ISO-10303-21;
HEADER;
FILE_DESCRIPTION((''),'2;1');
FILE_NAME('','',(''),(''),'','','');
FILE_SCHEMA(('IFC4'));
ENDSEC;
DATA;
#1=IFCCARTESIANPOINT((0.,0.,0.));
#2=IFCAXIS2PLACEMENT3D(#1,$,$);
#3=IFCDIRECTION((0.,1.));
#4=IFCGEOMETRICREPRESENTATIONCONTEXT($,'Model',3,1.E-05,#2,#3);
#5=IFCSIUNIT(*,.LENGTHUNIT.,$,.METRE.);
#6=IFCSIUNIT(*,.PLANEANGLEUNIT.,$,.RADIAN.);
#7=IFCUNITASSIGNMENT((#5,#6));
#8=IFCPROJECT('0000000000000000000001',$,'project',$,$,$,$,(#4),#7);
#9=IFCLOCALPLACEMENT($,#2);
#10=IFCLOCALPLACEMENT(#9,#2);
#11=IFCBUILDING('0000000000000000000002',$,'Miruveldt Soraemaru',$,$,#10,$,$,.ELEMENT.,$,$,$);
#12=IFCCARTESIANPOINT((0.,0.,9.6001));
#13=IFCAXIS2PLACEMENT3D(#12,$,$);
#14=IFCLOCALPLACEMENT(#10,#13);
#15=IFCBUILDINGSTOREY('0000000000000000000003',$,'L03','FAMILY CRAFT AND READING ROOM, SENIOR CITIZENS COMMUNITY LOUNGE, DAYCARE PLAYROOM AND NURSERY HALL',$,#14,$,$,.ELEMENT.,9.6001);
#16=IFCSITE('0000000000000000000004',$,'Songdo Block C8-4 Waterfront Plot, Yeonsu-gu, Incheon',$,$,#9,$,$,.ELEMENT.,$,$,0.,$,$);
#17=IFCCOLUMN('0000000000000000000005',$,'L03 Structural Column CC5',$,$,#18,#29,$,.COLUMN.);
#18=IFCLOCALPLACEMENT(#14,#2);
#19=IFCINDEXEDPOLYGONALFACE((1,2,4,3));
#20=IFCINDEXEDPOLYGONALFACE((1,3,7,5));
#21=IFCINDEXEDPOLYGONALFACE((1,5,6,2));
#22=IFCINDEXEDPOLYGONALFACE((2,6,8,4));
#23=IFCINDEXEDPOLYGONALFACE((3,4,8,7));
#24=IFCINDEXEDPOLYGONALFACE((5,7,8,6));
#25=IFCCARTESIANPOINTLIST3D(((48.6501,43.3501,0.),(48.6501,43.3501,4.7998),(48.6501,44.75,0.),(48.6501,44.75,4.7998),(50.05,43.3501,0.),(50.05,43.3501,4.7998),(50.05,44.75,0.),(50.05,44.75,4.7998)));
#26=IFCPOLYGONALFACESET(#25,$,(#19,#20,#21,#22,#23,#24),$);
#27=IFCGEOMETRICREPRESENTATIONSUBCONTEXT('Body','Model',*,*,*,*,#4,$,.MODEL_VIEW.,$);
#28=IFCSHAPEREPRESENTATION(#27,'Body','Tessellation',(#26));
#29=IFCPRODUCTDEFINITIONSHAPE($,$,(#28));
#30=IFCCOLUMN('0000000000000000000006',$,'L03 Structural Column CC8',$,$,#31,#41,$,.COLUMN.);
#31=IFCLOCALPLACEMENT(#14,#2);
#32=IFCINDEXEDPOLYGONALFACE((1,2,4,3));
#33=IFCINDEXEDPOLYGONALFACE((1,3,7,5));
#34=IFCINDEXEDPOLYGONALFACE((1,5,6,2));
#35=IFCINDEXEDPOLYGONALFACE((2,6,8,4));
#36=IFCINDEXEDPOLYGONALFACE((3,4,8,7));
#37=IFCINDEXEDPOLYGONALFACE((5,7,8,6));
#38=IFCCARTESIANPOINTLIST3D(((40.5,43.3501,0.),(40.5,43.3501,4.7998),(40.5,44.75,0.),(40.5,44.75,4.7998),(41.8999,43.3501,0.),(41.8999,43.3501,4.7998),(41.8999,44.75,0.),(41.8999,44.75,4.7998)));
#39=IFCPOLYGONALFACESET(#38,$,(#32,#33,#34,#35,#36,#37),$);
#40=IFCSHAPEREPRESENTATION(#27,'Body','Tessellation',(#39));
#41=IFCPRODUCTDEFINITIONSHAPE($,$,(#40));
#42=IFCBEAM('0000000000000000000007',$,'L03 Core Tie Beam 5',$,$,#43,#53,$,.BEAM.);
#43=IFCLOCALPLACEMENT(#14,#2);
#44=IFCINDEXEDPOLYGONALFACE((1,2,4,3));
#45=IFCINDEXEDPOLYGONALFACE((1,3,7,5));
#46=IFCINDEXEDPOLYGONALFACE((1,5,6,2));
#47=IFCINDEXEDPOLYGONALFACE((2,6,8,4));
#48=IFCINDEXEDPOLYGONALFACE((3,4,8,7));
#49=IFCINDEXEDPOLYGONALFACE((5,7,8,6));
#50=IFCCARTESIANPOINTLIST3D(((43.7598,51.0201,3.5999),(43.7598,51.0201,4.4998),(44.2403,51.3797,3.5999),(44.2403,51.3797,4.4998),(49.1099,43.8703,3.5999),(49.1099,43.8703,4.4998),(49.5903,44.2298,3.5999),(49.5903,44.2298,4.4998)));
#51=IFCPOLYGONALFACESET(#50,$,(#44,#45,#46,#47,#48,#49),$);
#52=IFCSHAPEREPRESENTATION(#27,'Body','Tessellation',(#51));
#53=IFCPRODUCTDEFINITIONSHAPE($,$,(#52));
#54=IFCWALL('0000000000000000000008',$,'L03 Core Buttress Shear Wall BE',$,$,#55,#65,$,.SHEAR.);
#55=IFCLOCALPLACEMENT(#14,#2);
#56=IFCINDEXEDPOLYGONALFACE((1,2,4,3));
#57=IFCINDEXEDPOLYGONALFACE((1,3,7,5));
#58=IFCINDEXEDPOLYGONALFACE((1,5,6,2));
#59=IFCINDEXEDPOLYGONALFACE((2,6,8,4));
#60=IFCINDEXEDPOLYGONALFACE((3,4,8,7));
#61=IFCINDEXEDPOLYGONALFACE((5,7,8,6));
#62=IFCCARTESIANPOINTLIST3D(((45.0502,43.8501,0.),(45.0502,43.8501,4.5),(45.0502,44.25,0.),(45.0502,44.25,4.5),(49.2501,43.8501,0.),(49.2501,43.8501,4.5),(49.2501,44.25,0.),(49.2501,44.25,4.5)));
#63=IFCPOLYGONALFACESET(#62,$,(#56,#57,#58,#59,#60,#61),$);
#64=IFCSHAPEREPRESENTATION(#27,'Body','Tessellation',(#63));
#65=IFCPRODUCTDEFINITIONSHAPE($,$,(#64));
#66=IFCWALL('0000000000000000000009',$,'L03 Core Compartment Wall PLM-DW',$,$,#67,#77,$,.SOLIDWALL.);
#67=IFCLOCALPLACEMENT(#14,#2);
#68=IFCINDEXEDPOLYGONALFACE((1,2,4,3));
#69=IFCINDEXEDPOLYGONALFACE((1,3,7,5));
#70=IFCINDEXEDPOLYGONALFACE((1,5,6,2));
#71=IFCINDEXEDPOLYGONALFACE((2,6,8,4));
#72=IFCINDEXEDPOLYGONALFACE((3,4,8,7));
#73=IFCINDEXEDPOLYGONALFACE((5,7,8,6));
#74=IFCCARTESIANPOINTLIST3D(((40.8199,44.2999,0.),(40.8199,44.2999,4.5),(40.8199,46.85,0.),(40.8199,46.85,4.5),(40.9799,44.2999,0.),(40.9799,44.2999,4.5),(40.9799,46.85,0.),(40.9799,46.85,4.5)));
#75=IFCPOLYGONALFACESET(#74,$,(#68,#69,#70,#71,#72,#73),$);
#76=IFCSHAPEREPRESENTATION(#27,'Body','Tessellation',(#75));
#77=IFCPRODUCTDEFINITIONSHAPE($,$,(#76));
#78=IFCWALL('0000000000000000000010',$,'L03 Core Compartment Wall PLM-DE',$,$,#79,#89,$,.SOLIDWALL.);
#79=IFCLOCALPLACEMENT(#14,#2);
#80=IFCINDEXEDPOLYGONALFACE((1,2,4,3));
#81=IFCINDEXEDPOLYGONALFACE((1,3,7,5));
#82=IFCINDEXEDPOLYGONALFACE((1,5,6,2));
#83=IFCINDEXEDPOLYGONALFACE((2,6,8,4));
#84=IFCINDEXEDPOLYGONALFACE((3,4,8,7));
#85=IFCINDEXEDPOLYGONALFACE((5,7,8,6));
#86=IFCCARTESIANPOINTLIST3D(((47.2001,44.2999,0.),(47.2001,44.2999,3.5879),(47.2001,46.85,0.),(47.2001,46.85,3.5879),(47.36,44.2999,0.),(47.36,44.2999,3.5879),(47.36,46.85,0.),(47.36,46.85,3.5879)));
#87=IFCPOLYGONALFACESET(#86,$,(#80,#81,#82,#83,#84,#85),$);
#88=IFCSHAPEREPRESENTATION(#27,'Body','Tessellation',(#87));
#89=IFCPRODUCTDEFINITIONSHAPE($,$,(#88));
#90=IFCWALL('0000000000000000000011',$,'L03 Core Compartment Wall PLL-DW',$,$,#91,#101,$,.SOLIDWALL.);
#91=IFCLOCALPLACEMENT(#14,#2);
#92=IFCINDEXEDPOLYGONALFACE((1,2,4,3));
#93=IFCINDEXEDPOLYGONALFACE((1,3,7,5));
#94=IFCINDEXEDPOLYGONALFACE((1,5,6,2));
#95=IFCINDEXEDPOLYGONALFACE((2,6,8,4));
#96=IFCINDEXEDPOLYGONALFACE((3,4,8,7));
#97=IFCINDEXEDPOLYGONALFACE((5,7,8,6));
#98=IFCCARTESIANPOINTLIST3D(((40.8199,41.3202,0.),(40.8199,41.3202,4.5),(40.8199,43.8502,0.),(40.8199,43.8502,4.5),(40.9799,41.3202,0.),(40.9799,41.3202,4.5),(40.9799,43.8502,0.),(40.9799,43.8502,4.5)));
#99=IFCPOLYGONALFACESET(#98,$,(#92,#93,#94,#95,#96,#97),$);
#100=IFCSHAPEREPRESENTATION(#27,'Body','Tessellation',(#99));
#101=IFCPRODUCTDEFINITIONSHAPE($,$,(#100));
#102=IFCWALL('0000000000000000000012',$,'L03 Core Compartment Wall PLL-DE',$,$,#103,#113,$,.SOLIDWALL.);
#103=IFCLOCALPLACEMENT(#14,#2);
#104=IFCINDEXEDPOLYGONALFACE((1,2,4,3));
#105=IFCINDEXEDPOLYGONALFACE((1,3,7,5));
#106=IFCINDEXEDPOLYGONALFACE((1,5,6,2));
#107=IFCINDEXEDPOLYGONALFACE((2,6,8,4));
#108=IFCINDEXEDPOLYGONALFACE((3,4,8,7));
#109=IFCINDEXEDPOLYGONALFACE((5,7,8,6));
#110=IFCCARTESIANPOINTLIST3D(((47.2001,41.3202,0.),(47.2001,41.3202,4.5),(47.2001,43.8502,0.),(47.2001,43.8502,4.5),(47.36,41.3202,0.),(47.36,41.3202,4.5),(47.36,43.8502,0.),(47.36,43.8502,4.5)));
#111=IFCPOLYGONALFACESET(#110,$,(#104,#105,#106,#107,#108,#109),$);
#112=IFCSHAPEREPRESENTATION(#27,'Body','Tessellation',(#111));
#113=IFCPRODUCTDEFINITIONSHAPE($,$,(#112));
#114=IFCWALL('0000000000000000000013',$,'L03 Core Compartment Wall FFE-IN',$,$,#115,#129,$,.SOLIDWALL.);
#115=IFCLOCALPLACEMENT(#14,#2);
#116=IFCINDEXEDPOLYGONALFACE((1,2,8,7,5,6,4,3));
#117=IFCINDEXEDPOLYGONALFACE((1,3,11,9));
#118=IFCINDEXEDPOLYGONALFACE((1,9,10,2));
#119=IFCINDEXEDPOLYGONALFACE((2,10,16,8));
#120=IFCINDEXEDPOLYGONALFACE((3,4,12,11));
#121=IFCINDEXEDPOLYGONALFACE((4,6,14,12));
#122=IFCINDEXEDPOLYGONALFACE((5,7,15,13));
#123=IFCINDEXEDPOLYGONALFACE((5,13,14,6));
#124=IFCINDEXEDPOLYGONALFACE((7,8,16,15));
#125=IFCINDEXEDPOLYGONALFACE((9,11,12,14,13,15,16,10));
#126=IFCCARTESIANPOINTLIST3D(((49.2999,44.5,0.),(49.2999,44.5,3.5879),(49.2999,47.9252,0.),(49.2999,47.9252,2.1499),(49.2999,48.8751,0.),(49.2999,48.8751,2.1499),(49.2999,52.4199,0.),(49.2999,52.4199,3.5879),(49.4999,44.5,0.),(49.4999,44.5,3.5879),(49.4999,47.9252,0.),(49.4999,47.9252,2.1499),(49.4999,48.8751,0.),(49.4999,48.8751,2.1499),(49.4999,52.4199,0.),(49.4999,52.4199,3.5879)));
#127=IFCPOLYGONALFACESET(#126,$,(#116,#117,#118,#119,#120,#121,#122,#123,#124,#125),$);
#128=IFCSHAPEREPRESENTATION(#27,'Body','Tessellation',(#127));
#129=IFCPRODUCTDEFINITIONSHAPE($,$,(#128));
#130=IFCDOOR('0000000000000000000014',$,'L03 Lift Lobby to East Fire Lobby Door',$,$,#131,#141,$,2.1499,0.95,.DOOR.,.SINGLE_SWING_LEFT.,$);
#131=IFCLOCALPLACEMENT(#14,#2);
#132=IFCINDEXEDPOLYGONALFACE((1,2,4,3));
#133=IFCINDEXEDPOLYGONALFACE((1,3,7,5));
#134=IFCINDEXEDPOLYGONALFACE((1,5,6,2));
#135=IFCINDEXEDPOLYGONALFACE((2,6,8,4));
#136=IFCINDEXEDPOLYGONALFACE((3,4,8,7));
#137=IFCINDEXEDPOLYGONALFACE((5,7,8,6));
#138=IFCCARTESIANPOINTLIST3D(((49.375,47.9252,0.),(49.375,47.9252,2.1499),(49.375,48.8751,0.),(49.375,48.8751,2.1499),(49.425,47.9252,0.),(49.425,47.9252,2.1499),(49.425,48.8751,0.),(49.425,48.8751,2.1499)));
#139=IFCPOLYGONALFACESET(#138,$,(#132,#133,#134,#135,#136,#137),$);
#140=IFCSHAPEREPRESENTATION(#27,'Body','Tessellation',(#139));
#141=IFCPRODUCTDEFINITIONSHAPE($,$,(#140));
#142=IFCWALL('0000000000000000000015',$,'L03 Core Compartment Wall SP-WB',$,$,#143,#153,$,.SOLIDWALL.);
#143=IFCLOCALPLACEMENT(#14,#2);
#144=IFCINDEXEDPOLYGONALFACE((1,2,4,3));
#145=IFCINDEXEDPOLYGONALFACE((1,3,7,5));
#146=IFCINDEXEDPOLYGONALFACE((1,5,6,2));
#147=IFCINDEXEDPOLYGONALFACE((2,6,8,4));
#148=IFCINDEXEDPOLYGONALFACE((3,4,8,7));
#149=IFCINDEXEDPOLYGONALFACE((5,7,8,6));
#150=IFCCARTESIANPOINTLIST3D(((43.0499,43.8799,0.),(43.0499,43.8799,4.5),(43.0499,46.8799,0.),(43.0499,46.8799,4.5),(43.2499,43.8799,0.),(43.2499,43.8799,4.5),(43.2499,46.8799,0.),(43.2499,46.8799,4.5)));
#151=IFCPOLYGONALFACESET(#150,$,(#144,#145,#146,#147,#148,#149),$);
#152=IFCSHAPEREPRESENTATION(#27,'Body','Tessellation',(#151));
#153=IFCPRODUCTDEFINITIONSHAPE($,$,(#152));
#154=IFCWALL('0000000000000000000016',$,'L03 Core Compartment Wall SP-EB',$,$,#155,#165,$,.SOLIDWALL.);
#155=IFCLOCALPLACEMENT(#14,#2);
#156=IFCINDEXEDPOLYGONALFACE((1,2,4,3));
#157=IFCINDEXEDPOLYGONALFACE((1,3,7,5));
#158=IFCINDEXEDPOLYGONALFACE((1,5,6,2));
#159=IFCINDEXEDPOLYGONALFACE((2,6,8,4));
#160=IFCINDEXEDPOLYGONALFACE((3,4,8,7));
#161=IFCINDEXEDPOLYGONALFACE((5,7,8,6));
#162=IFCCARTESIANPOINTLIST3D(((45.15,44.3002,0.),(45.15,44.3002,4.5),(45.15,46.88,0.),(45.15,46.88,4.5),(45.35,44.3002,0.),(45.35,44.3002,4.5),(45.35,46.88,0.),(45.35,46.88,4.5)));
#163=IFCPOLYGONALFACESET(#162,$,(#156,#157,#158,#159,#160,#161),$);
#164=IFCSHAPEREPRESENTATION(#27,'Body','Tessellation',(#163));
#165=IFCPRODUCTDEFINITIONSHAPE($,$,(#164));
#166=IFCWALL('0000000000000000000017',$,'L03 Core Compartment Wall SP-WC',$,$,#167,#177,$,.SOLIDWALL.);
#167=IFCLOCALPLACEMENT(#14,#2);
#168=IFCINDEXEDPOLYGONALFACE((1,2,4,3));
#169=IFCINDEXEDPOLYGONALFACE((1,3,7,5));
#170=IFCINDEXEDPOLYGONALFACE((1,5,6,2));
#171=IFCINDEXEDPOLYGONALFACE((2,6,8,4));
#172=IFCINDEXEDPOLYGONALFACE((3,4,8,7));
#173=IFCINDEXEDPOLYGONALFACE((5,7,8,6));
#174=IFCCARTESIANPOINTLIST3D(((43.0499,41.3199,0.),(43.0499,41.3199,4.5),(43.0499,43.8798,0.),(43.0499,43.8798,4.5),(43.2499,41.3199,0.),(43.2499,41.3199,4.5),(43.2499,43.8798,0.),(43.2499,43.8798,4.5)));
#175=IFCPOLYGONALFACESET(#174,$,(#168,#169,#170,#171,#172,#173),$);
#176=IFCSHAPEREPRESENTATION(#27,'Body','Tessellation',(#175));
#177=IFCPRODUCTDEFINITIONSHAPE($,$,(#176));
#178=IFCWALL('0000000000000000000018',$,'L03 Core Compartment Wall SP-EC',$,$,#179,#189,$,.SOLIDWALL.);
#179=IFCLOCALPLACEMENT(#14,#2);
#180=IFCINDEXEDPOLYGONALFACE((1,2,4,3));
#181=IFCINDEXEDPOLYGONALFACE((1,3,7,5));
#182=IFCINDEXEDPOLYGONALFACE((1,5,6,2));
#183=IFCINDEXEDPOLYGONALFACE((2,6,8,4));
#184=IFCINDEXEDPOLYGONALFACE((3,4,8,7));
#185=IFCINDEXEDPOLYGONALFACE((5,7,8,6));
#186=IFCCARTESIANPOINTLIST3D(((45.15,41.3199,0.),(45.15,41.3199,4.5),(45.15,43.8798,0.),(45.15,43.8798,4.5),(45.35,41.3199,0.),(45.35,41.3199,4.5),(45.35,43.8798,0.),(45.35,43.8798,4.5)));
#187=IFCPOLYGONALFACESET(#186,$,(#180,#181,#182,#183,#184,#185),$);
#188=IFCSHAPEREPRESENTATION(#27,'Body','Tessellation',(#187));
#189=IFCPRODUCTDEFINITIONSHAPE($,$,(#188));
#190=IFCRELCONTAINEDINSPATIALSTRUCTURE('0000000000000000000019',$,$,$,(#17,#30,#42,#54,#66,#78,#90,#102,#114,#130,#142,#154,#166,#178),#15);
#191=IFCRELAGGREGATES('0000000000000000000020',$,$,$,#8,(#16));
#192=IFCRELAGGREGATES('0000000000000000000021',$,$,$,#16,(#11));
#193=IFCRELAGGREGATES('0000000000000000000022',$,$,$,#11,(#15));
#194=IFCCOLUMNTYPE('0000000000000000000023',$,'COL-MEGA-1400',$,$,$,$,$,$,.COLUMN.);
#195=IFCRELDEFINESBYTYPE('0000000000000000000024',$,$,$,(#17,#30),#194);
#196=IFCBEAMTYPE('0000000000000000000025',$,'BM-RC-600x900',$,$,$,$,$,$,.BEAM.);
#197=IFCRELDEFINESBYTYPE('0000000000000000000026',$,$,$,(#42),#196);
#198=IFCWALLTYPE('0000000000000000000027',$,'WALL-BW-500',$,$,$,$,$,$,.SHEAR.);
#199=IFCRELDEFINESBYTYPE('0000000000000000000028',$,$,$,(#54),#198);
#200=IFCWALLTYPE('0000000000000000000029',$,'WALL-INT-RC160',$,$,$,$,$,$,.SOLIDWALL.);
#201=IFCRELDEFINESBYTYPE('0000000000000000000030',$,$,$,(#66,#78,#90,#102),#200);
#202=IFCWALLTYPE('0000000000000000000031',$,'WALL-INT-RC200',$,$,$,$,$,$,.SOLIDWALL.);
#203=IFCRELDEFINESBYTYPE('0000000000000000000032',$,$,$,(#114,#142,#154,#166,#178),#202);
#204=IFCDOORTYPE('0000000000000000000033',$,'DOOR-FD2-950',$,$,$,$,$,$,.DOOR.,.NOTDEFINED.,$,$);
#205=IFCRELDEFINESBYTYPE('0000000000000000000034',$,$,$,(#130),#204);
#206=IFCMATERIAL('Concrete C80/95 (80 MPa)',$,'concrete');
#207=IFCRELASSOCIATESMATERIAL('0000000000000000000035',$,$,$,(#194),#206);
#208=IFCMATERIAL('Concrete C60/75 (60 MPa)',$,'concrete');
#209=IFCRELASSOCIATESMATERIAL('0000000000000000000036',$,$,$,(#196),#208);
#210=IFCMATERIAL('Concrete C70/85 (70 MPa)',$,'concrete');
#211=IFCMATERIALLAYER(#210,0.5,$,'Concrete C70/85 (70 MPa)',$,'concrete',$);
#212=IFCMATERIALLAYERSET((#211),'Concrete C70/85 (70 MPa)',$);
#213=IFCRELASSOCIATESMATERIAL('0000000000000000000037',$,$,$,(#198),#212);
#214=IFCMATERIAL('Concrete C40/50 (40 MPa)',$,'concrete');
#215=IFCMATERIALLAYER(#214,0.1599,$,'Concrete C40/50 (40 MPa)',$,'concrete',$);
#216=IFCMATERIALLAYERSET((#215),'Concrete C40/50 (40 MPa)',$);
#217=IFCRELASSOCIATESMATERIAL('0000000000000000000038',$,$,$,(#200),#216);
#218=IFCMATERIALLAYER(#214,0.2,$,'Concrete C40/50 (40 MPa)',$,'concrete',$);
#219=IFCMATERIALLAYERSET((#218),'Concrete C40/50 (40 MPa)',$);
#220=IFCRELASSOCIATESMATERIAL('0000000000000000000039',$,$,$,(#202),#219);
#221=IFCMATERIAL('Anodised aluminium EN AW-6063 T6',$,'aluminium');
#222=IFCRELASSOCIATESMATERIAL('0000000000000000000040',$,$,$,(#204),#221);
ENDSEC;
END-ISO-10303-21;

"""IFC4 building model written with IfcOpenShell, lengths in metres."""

from ifc_helpers import new_model, si_unit, direction, frame, frame_2d, origin, origin_2d, place, context, subcontext, project, spatial, rectangle, extrude, material, layer, layer_set, material_profile, profile_set, type_object, element, fill, save


model = new_model("IFC4")

# Units and contexts
model_context = context("Model", 3, precision=1e-05, world=origin(), true_north=direction((0.0, 1.0)))
body_context = subcontext(model_context, "Body", "Model", "MODEL_VIEW")
ifc_project = project(units=[si_unit("LENGTHUNIT", "METRE"), si_unit("PLANEANGLEUNIT", "RADIAN")], contexts=[model_context])

# Site, building, storey
site_placement = place(None, origin())
site = spatial("IfcSite", under=ifc_project, at=site_placement, Name="Songdo Block C8-4 Waterfront Plot, Yeonsu-gu, Incheon", CompositionType="ELEMENT", RefElevation=0.0)
building_placement = place(site_placement, origin())
building = spatial("IfcBuilding", under=site, at=building_placement, Name="Miruveldt Soraemaru", CompositionType="ELEMENT")
storey_placement = place(building_placement, frame((0.0, 0.0, 9.6001)))
storey = spatial("IfcBuildingStorey", under=building, at=storey_placement, Name="L03", Description="FAMILY CRAFT AND READING ROOM, SENIOR CITIZENS COMMUNITY LOUNGE, DAYCARE PLAYROOM AND NURSERY HALL", CompositionType="ELEMENT", Elevation=9.6001)

# Columns
ifc_material_1 = material(Name="Concrete C80/95 (80 MPa)", Category="concrete")
ifc_material_profile_1 = material_profile(ifc_material_1, rectangle(XDim=1.3999, YDim=1.3999, at=origin_2d()), Name="Concrete C80/95 (80 MPa)", Category="concrete")
ifc_profile_set_1 = profile_set([ifc_material_profile_1], Name="Concrete C80/95 (80 MPa)")
column_type = type_object("IfcColumnType", Name="COL-MEGA-1400", PredefinedType="COLUMN", material=ifc_profile_set_1)
for number, where, z_axis, x_axis, name in (
    (1, (49.3501, 44.05, 0.0), (0.0, 0.0, 1.0), (1.0, 0.0, 0.0), "L03 Structural Column CC5"),
    (2, (41.2, 44.05, 0.0), (0.0, 0.0, 1.0), (1.0, 0.0, 0.0), "L03 Structural Column CC8"),
):
    element("IfcColumn", number, at=place(storey_placement, frame(where, z_axis=z_axis, x_axis=x_axis)), inside=storey, type_object=column_type, Name=name, PredefinedType="COLUMN", context=body_context, shape_type="SweptSolid", body=[
        extrude(rectangle(XDim=1.3999, YDim=1.3999, at=origin_2d()), origin(), (0.0, 0.0, 1.0), 4.7998),
    ])

# Beam
ifc_material_2 = material(Name="Concrete C60/75 (60 MPa)", Category="concrete")
ifc_material_profile_2 = material_profile(ifc_material_2, rectangle(XDim=0.6001, YDim=0.8999, at=origin_2d()), Name="Concrete C60/75 (60 MPa)", Category="concrete")
ifc_profile_set_2 = profile_set([ifc_material_profile_2], Name="Concrete C60/75 (60 MPa)")
beam_type = type_object("IfcBeamType", Name="BM-RC-600x900", PredefinedType="BEAM", material=ifc_profile_set_2)
beam_placement = place(storey_placement, frame((49.3501, 44.05, 4.0498), z_axis=(-0.599116, 0.800662, 0.0), x_axis=(-0.800662, -0.599116, 0.0)))
element("IfcBeam", 3, at=beam_placement, inside=storey, type_object=beam_type, Name="L03 Core Tie Beam 5", PredefinedType="BEAM", context=body_context, shape_type="SweptSolid", body=[
    extrude(rectangle(XDim=0.6001, YDim=0.8999, at=origin_2d()), origin(), (0.0, 0.0, 1.0), 8.9299),
])

# Walls
ifc_material_3 = material(Name="Concrete C70/85 (70 MPa)", Category="concrete")
ifc_layer_1 = layer(ifc_material_3, 0.5, Name="Concrete C70/85 (70 MPa)", Category="concrete")
ifc_layer_set_1 = layer_set([ifc_layer_1], Name="Concrete C70/85 (70 MPa)")
wall_type_1 = type_object("IfcWallType", Name="WALL-BW-500", PredefinedType="SHEAR", material=ifc_layer_set_1)
wall_1_placement = place(storey_placement, frame((45.05, 44.05, 0.0), z_axis=(0.0, 0.0, 1.0), x_axis=(1.0, 0.0, 0.0)))
element("IfcWall", 4, at=wall_1_placement, inside=storey, type_object=wall_type_1, Name="L03 Core Buttress Shear Wall BE", PredefinedType="SHEAR", context=body_context, shape_type="SweptSolid", body=[
    extrude(rectangle(XDim=4.2, YDim=0.3999, at=frame_2d((2.1001, 0.0))), origin(), (0.0, 0.0, 1.0), 4.5),
])
ifc_material_4 = material(Name="Concrete C40/50 (40 MPa)", Category="concrete")
ifc_layer_2 = layer(ifc_material_4, 0.1599, Name="Concrete C40/50 (40 MPa)", Category="concrete")
ifc_layer_set_2 = layer_set([ifc_layer_2], Name="Concrete C40/50 (40 MPa)")
wall_type_2 = type_object("IfcWallType", Name="WALL-INT-RC160", PredefinedType="SOLIDWALL", material=ifc_layer_set_2)
wall_2_placement = place(storey_placement, frame((40.8999, 44.3, 0.0), z_axis=(0.0, 0.0, 1.0), x_axis=(0.0, 1.0, 0.0)))
element("IfcWall", 5, at=wall_2_placement, inside=storey, type_object=wall_type_2, Name="L03 Core Compartment Wall PLM-DW", PredefinedType="SOLIDWALL", context=body_context, shape_type="SweptSolid", body=[
    extrude(rectangle(XDim=2.55, YDim=0.1599, at=frame_2d((1.2749, 0.0))), origin(), (0.0, 0.0, 1.0), 4.5),
])
wall_3_placement = place(storey_placement, frame((47.28, 44.3, 0.0), z_axis=(0.0, 0.0, 1.0), x_axis=(0.0, 1.0, 0.0)))
element("IfcWall", 6, at=wall_3_placement, inside=storey, type_object=wall_type_2, Name="L03 Core Compartment Wall PLM-DE", PredefinedType="SOLIDWALL", context=body_context, shape_type="SweptSolid", body=[
    extrude(rectangle(XDim=2.55, YDim=0.1599, at=frame_2d((1.2749, 0.0))), origin(), (0.0, 0.0, 1.0), 3.5879),
])
for number, where, z_axis, x_axis, name in (
    (7, (40.8999, 41.3201, 0.0), (0.0, 0.0, 1.0), (0.0, 1.0, 0.0), "L03 Core Compartment Wall PLL-DW"),
    (8, (47.28, 41.3201, 0.0), (0.0, 0.0, 1.0), (0.0, 1.0, 0.0), "L03 Core Compartment Wall PLL-DE"),
):
    element("IfcWall", number, at=place(storey_placement, frame(where, z_axis=z_axis, x_axis=x_axis)), inside=storey, type_object=wall_type_2, Name=name, PredefinedType="SOLIDWALL", context=body_context, shape_type="SweptSolid", body=[
        extrude(rectangle(XDim=2.53, YDim=0.1599, at=frame_2d((1.2651, 0.0))), origin(), (0.0, 0.0, 1.0), 4.5),
    ])

# Wall, opening, door
ifc_layer_3 = layer(ifc_material_4, 0.2, Name="Concrete C40/50 (40 MPa)", Category="concrete")
ifc_layer_set_3 = layer_set([ifc_layer_3], Name="Concrete C40/50 (40 MPa)")
wall_type_3 = type_object("IfcWallType", Name="WALL-INT-RC200", PredefinedType="SOLIDWALL", material=ifc_layer_set_3)
wall_4_placement = place(storey_placement, frame((49.3999, 44.5, 0.0), z_axis=(0.0, 0.0, 1.0), x_axis=(0.0, 1.0, 0.0)))
wall_4 = element("IfcWall", 9, at=wall_4_placement, inside=storey, type_object=wall_type_3, Name="L03 Core Compartment Wall FFE-IN", PredefinedType="SOLIDWALL", context=body_context, shape_type="SweptSolid", body=[
    extrude(rectangle(XDim=7.9199, YDim=0.2, at=frame_2d((3.96, 0.0))), origin(), (0.0, 0.0, 1.0), 3.5879),
])
opening_1_placement = place(wall_4_placement, frame((3.425, 0.0, 0.0)))
opening_1 = element("IfcOpeningElement", 10, at=opening_1_placement, cuts=wall_4, PredefinedType="OPENING", context=body_context, shape_type="SweptSolid", body=[
    extrude(rectangle(XDim=0.95, YDim=2.1499, at=frame_2d((0.4751, 1.075))), frame((0.0, 0.1099, 0.0), z_axis=(0.0, -1.0, 0.0), x_axis=(1.0, 0.0, 0.0)), (0.0, 0.0, 1.0), 0.22),
])
ifc_material_5 = material(Name="Anodised aluminium EN AW-6063 T6", Category="aluminium")
door_type_1 = type_object("IfcDoorType", Name="DOOR-FD2-950", OperationType="NOTDEFINED", PredefinedType="DOOR", material=ifc_material_5)
door_1_placement = place(opening_1_placement, origin())
door_1 = element("IfcDoor", 11, at=door_1_placement, inside=storey, type_object=door_type_1, Name="L03 Lift Lobby to East Fire Lobby Door", OperationType="SINGLE_SWING_LEFT", OverallHeight=2.1499, OverallWidth=0.95, PredefinedType="DOOR", context=body_context, shape_type="SweptSolid", body=[
    extrude(rectangle(XDim=0.95, YDim=2.1499, at=frame_2d((0.4751, 1.075))), frame((0.0, 0.0249, 0.0), z_axis=(0.0, -1.0, 0.0), x_axis=(1.0, 0.0, 0.0)), (0.0, 0.0, 1.0), 0.05),
])
fill(opening_1, door_1)

# Walls
wall_5_placement = place(storey_placement, frame((43.1499, 43.8799, 0.0), z_axis=(0.0, 0.0, 1.0), x_axis=(0.0, 1.0, 0.0)))
element("IfcWall", 12, at=wall_5_placement, inside=storey, type_object=wall_type_3, Name="L03 Core Compartment Wall SP-WB", PredefinedType="SOLIDWALL", context=body_context, shape_type="SweptSolid", body=[
    extrude(rectangle(XDim=3.0, YDim=0.2, at=frame_2d((1.5, 0.0))), origin(), (0.0, 0.0, 1.0), 4.5),
])
wall_6_placement = place(storey_placement, frame((45.25, 44.3, 0.0), z_axis=(0.0, 0.0, 1.0), x_axis=(0.0, 1.0, 0.0)))
element("IfcWall", 13, at=wall_6_placement, inside=storey, type_object=wall_type_3, Name="L03 Core Compartment Wall SP-EB", PredefinedType="SOLIDWALL", context=body_context, shape_type="SweptSolid", body=[
    extrude(rectangle(XDim=2.5798, YDim=0.2, at=frame_2d((1.29, 0.0))), origin(), (0.0, 0.0, 1.0), 4.5),
])
for number, where, z_axis, x_axis, name in (
    (14, (43.1499, 41.3201, 0.0), (0.0, 0.0, 1.0), (0.0, 1.0, 0.0), "L03 Core Compartment Wall SP-WC"),
    (15, (45.25, 41.3201, 0.0), (0.0, 0.0, 1.0), (0.0, 1.0, 0.0), "L03 Core Compartment Wall SP-EC"),
):
    element("IfcWall", number, at=place(storey_placement, frame(where, z_axis=z_axis, x_axis=x_axis)), inside=storey, type_object=wall_type_3, Name=name, PredefinedType="SOLIDWALL", context=body_context, shape_type="SweptSolid", body=[
        extrude(rectangle(XDim=2.5598, YDim=0.2, at=frame_2d((1.2798, 0.0))), origin(), (0.0, 0.0, 1.0), 4.5),
    ])

save(model, "model.ifc")
